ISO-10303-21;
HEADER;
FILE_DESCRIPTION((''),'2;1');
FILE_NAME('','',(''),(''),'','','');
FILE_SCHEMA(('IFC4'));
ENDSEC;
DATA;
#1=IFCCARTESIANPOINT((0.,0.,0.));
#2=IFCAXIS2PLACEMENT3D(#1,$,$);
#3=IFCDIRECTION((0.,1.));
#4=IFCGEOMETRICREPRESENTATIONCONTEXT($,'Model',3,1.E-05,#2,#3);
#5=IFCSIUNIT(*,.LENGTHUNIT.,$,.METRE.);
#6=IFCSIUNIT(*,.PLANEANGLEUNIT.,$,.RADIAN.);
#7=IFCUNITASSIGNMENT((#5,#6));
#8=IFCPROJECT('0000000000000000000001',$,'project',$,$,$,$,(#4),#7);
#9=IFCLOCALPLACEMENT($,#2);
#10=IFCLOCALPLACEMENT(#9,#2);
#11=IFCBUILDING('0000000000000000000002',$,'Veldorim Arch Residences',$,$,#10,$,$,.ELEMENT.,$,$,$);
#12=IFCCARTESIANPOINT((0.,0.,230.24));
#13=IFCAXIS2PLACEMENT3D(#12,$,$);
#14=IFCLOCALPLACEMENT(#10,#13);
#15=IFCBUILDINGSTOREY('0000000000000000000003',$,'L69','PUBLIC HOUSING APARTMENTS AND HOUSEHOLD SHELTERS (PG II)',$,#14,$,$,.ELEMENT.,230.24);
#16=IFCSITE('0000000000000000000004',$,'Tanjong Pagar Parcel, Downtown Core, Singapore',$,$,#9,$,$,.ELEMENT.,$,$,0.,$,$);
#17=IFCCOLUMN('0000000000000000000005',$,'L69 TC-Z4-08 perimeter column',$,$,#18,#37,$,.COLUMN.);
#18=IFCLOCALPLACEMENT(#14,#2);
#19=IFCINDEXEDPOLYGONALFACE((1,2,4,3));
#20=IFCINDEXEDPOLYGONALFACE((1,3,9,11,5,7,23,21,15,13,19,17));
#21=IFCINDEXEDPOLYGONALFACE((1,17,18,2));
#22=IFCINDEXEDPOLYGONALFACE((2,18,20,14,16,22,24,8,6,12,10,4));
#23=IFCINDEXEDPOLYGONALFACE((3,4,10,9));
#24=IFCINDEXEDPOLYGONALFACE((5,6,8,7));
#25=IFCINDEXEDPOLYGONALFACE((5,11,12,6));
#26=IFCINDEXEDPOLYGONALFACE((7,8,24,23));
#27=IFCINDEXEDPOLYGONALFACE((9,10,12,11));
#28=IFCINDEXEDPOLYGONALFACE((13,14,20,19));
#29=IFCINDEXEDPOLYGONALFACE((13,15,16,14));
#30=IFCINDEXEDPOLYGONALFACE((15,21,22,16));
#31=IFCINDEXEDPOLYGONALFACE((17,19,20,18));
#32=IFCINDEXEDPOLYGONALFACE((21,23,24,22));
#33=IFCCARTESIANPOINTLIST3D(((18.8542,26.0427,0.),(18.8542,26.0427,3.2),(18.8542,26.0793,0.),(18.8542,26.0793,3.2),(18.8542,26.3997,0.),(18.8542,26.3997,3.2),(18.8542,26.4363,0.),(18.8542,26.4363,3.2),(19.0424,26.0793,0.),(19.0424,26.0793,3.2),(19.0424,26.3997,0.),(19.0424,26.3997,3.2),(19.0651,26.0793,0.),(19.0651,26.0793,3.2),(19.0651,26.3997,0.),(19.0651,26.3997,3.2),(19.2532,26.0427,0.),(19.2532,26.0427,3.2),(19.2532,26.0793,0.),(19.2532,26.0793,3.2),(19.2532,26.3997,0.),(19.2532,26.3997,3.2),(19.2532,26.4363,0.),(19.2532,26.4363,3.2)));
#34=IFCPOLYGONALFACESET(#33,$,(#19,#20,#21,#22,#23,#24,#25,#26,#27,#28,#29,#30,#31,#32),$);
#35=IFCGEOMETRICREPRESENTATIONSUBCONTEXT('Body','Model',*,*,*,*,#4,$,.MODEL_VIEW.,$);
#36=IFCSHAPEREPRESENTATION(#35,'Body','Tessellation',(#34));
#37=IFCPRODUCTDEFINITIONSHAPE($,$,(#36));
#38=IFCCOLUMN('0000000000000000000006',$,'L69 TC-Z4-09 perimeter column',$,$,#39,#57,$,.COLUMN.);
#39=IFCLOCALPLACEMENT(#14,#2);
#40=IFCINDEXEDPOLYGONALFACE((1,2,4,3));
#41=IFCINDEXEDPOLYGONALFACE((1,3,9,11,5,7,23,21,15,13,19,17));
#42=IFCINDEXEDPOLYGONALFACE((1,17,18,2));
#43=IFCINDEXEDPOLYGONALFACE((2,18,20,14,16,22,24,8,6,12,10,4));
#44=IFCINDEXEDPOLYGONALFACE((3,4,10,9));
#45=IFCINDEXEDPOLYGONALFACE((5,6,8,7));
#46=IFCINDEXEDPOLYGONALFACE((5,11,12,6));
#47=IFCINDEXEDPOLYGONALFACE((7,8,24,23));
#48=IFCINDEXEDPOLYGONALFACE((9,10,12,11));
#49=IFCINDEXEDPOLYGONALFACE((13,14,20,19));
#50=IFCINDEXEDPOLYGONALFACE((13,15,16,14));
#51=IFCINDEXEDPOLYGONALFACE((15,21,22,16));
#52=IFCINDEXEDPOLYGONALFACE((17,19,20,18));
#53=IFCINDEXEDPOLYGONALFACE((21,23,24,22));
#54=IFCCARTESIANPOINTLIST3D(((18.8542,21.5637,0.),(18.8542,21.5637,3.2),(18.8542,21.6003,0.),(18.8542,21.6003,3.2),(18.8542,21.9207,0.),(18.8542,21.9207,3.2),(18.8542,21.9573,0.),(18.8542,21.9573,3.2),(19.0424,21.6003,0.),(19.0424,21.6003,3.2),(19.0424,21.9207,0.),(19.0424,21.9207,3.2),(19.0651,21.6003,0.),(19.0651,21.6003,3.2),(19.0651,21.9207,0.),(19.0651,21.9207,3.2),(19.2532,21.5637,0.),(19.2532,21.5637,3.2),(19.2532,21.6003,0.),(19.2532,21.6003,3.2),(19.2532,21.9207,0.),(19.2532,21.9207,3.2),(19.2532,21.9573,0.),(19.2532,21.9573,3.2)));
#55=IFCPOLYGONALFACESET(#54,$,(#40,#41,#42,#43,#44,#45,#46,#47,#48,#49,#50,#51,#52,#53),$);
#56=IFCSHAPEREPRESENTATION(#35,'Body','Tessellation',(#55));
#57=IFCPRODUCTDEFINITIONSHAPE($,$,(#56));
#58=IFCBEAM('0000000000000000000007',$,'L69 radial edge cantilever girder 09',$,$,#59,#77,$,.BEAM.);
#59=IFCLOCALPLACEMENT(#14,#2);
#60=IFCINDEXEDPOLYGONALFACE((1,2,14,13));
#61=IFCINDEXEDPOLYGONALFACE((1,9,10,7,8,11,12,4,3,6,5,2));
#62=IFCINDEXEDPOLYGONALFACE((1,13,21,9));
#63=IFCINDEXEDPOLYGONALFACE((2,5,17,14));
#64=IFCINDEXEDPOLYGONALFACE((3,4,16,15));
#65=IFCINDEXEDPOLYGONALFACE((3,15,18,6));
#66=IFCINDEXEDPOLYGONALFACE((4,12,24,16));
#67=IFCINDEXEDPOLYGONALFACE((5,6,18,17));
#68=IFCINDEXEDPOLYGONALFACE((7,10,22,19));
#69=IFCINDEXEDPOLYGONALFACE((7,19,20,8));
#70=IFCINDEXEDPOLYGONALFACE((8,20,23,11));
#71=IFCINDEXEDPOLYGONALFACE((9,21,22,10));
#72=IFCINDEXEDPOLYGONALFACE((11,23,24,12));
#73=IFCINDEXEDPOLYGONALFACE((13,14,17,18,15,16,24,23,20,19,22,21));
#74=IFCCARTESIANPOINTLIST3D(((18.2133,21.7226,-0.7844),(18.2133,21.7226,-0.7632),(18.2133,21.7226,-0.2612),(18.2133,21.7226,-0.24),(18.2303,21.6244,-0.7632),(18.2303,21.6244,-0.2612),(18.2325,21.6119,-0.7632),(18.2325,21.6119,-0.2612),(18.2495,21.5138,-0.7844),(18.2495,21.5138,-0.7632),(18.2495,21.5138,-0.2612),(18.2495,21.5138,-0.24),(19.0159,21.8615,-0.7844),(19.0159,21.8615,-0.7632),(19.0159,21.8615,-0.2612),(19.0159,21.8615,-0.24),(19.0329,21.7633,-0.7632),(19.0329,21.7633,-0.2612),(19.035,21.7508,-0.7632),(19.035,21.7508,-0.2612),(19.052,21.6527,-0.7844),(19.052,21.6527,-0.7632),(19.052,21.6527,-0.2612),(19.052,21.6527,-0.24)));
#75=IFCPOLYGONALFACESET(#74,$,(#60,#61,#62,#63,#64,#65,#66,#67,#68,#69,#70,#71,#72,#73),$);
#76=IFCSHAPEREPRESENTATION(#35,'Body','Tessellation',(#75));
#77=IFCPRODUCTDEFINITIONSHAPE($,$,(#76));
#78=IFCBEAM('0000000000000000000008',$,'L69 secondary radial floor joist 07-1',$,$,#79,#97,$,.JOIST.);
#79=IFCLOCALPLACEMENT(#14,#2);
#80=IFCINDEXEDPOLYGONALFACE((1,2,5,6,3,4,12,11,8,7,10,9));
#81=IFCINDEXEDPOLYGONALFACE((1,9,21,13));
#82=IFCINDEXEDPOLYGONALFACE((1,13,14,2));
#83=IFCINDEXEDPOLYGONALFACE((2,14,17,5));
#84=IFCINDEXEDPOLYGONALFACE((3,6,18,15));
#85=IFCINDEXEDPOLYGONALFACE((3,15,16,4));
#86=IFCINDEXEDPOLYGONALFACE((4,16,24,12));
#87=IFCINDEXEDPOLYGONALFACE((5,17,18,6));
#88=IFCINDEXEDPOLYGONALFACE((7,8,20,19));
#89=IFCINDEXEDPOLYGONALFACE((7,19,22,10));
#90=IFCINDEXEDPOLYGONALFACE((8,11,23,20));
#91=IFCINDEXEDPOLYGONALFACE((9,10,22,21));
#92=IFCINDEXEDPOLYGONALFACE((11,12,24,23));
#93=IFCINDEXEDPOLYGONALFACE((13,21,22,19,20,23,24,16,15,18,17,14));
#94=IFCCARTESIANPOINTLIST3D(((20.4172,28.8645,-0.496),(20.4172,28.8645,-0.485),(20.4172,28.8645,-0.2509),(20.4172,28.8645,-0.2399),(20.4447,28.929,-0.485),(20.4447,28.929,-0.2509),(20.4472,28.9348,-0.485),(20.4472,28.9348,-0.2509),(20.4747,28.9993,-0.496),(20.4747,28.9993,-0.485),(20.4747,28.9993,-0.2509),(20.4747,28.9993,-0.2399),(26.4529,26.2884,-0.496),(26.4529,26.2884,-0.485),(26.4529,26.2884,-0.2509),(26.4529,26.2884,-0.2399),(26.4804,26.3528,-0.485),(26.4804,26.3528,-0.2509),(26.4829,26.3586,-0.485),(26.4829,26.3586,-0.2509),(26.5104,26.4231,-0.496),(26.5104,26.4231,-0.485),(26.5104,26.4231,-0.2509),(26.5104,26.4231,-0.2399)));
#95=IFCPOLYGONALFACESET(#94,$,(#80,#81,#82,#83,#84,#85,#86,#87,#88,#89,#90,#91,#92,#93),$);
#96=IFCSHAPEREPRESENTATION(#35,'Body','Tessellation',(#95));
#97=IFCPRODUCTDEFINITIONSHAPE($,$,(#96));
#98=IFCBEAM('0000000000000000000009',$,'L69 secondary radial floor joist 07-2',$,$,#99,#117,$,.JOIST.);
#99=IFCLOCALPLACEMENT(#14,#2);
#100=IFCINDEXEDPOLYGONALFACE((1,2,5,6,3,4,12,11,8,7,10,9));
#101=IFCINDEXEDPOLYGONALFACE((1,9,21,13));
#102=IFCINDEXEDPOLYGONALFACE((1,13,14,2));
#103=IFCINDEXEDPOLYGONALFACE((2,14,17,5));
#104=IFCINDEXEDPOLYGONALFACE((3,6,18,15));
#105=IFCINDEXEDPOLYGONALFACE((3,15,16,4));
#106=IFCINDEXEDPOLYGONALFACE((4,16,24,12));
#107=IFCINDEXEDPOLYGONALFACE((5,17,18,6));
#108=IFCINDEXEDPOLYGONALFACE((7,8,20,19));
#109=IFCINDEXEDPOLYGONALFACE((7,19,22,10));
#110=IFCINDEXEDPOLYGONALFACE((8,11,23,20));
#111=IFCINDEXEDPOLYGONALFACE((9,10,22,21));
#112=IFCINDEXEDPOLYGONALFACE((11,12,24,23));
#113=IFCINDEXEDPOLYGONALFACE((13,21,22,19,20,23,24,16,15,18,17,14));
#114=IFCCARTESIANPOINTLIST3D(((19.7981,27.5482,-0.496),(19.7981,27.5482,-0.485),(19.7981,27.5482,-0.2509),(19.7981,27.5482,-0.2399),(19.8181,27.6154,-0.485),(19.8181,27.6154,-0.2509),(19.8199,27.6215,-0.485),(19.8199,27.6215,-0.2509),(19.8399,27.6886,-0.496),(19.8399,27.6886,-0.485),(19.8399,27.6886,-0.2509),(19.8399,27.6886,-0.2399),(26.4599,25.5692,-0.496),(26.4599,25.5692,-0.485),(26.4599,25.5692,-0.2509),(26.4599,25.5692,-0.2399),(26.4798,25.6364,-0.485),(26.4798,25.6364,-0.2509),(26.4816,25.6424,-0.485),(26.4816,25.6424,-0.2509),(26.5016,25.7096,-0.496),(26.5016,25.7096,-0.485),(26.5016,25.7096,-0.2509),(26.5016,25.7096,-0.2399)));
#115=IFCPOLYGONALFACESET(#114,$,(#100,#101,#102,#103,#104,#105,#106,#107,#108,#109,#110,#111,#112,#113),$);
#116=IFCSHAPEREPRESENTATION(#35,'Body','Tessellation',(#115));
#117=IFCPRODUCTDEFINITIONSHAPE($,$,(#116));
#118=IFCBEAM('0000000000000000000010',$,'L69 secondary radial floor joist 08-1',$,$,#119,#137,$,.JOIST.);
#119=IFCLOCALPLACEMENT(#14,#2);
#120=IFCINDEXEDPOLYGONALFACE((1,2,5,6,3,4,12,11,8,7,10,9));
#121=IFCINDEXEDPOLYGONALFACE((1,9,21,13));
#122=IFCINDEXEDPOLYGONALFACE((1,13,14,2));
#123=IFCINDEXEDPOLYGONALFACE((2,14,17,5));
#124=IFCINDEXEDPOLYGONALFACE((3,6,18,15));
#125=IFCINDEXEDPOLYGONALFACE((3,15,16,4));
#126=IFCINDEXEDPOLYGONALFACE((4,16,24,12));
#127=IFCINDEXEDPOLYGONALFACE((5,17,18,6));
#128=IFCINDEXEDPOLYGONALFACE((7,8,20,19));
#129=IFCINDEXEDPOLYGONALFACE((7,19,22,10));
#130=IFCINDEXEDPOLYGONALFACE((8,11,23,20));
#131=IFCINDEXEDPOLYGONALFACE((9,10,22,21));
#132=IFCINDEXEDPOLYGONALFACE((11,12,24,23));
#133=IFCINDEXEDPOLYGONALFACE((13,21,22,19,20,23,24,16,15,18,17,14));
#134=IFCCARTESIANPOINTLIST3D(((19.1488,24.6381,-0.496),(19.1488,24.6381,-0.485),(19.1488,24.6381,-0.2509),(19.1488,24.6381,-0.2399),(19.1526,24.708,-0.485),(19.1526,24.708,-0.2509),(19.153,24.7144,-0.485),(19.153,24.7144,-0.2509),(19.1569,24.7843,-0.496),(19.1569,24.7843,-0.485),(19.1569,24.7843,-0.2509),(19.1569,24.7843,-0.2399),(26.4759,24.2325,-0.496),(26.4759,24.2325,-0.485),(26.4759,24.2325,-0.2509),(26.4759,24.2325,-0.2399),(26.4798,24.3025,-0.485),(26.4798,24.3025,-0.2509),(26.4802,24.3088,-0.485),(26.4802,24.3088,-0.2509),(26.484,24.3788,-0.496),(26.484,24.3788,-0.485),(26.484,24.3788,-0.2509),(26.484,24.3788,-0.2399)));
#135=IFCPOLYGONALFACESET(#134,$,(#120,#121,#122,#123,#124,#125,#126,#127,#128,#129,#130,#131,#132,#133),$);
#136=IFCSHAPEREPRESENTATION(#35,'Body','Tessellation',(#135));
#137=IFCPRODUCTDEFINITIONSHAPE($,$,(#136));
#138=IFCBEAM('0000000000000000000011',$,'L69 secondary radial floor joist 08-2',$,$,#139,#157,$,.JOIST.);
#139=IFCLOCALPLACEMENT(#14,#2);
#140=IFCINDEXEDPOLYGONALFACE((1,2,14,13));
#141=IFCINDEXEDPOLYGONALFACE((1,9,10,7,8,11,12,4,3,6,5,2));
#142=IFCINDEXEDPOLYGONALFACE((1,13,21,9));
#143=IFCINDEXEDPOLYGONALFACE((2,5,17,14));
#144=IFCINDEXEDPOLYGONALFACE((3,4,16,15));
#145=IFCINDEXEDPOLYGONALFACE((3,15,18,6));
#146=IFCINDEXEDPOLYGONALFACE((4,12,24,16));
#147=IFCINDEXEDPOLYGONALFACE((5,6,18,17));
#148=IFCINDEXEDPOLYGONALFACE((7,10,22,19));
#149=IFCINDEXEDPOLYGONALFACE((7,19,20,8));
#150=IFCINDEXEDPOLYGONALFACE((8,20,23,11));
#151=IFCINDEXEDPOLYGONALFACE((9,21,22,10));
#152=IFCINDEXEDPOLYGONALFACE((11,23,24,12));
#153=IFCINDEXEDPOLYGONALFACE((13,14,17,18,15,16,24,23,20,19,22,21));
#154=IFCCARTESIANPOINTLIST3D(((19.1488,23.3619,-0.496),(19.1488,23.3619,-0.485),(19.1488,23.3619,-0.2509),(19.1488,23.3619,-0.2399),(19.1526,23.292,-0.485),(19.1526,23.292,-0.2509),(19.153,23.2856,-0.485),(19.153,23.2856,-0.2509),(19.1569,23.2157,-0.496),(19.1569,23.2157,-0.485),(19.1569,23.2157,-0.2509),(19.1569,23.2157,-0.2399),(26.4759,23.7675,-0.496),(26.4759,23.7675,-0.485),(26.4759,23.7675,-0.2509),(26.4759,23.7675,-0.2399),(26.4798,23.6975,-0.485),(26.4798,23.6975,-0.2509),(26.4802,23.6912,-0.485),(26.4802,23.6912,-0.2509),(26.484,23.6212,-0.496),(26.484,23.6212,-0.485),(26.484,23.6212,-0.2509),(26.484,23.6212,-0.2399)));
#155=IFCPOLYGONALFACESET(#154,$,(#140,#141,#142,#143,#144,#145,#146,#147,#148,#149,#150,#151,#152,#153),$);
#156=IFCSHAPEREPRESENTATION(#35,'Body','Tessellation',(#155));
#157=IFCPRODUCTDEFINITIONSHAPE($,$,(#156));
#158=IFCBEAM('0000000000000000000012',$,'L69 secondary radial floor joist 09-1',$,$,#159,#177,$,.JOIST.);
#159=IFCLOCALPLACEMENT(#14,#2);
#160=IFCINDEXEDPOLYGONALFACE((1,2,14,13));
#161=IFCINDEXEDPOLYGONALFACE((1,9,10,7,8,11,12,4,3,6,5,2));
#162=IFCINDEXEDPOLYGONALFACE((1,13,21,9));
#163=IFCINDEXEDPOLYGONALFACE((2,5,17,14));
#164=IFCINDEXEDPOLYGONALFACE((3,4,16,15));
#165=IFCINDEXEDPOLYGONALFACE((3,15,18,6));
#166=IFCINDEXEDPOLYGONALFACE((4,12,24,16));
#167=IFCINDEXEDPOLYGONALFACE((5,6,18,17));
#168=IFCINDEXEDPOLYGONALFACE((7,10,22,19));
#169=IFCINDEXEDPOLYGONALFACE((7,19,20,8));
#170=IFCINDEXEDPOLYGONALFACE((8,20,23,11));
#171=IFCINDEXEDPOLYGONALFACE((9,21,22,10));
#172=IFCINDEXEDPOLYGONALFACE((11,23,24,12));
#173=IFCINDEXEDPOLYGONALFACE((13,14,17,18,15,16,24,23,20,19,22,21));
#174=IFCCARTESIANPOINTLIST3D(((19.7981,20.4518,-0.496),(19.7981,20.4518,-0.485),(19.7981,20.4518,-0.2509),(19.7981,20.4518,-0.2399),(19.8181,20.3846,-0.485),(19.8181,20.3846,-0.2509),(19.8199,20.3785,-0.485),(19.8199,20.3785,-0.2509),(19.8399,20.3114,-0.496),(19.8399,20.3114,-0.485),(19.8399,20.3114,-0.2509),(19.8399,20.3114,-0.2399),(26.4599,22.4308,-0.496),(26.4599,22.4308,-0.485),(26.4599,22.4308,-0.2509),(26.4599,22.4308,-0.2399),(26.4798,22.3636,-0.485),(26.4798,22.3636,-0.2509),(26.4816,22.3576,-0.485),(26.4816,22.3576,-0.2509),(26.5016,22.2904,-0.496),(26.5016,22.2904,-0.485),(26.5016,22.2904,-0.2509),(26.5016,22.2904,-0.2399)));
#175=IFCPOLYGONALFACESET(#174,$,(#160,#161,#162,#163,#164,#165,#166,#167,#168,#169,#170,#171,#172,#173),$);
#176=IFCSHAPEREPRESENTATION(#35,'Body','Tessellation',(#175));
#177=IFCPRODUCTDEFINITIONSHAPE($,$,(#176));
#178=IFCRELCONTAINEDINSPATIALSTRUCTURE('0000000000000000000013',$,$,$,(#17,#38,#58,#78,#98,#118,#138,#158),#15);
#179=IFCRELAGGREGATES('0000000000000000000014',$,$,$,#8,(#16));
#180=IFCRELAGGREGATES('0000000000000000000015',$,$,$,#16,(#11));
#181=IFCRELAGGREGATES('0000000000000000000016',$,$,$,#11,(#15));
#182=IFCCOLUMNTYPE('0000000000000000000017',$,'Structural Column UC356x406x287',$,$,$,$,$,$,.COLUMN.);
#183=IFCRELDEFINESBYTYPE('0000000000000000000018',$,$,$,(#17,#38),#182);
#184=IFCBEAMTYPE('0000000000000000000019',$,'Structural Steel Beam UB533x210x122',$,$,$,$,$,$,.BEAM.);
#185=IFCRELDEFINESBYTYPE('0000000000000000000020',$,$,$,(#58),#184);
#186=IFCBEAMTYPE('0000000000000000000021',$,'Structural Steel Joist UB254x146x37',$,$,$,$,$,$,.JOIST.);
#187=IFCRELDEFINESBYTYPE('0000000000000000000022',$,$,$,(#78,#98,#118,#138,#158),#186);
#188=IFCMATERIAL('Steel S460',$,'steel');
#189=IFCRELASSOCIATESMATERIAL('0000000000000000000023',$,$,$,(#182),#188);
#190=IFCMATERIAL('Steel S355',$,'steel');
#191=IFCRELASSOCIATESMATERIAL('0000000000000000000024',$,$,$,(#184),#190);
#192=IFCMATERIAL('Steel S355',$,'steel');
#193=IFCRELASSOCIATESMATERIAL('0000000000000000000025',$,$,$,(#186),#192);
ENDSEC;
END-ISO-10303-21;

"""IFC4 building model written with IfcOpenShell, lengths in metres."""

from ifc_helpers import new_model, si_unit, direction, frame, origin, origin_2d, place, context, subcontext, project, spatial, i_section, extrude, material, material_profile, profile_set, type_object, element, save


model = new_model("IFC4")

# Units and contexts
model_context = context("Model", 3, precision=1e-05, world=origin(), true_north=direction((0.0, 1.0)))
body_context = subcontext(model_context, "Body", "Model", "MODEL_VIEW")
ifc_project = project(units=[si_unit("LENGTHUNIT", "METRE"), si_unit("PLANEANGLEUNIT", "RADIAN")], contexts=[model_context])

# Site, building, storey
site_placement = place(None, origin())
site = spatial("IfcSite", under=ifc_project, at=site_placement, Name="Tanjong Pagar Parcel, Downtown Core, Singapore", CompositionType="ELEMENT", RefElevation=0.0)
building_placement = place(site_placement, origin())
building = spatial("IfcBuilding", under=site, at=building_placement, Name="Veldorim Arch Residences", CompositionType="ELEMENT")
storey_placement = place(building_placement, frame((0.0, 0.0, 230.24)))
storey = spatial("IfcBuildingStorey", under=building, at=storey_placement, Name="L69", Description="PUBLIC HOUSING APARTMENTS AND HOUSEHOLD SHELTERS (PG II)", CompositionType="ELEMENT", Elevation=230.24)

# Columns
ifc_material_1 = material(Name="Steel S460", Category="steel")
ifc_material_profile_1 = material_profile(ifc_material_1, i_section(OverallWidth=0.3989, OverallDepth=0.3936, WebThickness=0.0227, FlangeThickness=0.0366, at=origin_2d()), Name="UC356x406x287")
ifc_profile_set_1 = profile_set([ifc_material_profile_1], Name="Steel S460")
column_type = type_object("IfcColumnType", Name="Structural Column UC356x406x287", PredefinedType="COLUMN", material=ifc_profile_set_1)
for number, where, z_axis, x_axis, name in (
    (1, (19.0537, 26.2395, 0.0), (0.0, 0.0, 1.0), (1.0, 0.0, 0.0), "L69 TC-Z4-08 perimeter column"),
    (2, (19.0537, 21.7605, 0.0), (0.0, 0.0, 1.0), (1.0, 0.0, 0.0), "L69 TC-Z4-09 perimeter column"),
):
    element("IfcColumn", number, at=place(storey_placement, frame(where, z_axis=z_axis, x_axis=x_axis)), inside=storey, type_object=column_type, Name=name, PredefinedType="COLUMN", context=body_context, shape_type="SweptSolid", body=[
        extrude(i_section(OverallWidth=0.3989, OverallDepth=0.3936, WebThickness=0.0227, FlangeThickness=0.0366, at=origin_2d()), origin(), (0.0, 0.0, 1.0), 3.2),
    ])

# Beams
ifc_material_2 = material(Name="Steel S355", Category="steel")
ifc_material_profile_2 = material_profile(ifc_material_2, i_section(OverallWidth=0.2119, OverallDepth=0.5444, WebThickness=0.0127, FlangeThickness=0.0212, at=origin_2d()), Name="UB533x210x122")
ifc_profile_set_2 = profile_set([ifc_material_profile_2], Name="Steel S355")
beam_type_1 = type_object("IfcBeamType", Name="Structural Steel Beam UB533x210x122", PredefinedType="BEAM", material=ifc_profile_set_2)
beam_1_placement = place(storey_placement, frame((19.0339, 21.7571, -0.5122), z_axis=(-0.985346, -0.170569, 0.0), x_axis=(0.170569, -0.985346, 0.0)))
element("IfcBeam", 3, at=beam_1_placement, inside=storey, type_object=beam_type_1, Name="L69 radial edge cantilever girder 09", PredefinedType="BEAM", context=body_context, shape_type="SweptSolid", body=[
    extrude(i_section(OverallWidth=0.2119, OverallDepth=0.5444, WebThickness=0.0127, FlangeThickness=0.0212, at=origin_2d()), origin(), (0.0, 0.0, 1.0), 0.8145),
])
ifc_material_3 = material(Name="Steel S355", Category="steel")
ifc_material_profile_3 = material_profile(ifc_material_3, i_section(OverallWidth=0.1465, OverallDepth=0.2561, WebThickness=0.0063, FlangeThickness=0.011, at=origin_2d()), Name="UB254x146x37")
ifc_profile_set_3 = profile_set([ifc_material_profile_3], Name="Steel S355")
beam_type_2 = type_object("IfcBeamType", Name="Structural Steel Joist UB254x146x37", PredefinedType="JOIST", material=ifc_profile_set_3)
beam_2_placement = place(storey_placement, frame((26.4817, 26.3557, -0.3679), z_axis=(-0.919725, 0.392563, 0.0), x_axis=(-0.392563, -0.919725, 0.0)))
element("IfcBeam", 4, at=beam_2_placement, inside=storey, type_object=beam_type_2, Name="L69 secondary radial floor joist 07-1", PredefinedType="JOIST", context=body_context, shape_type="SweptSolid", body=[
    extrude(i_section(OverallWidth=0.1465, OverallDepth=0.2561, WebThickness=0.0063, FlangeThickness=0.011, at=origin_2d()), origin(), (0.0, 0.0, 1.0), 6.5625),
])
beam_3_placement = place(storey_placement, frame((26.4807, 25.6394, -0.3679), z_axis=(-0.958594, 0.284775, 0.0), x_axis=(-0.284775, -0.958594, 0.0)))
element("IfcBeam", 5, at=beam_3_placement, inside=storey, type_object=beam_type_2, Name="L69 secondary radial floor joist 07-2", PredefinedType="JOIST", context=body_context, shape_type="SweptSolid", body=[
    extrude(i_section(OverallWidth=0.1465, OverallDepth=0.2561, WebThickness=0.0063, FlangeThickness=0.011, at=origin_2d()), origin(), (0.0, 0.0, 1.0), 6.9495),
])
for number, where, z_axis, x_axis, name in (
    (6, (26.48, 24.3057, -0.3679), (-0.998472, 0.05526, 0.0), (-0.05526, -0.998472, 0.0), "L69 secondary radial floor joist 08-1"),
    (7, (26.48, 23.6943, -0.3679), (-0.998472, -0.05526, 0.0), (0.05526, -0.998472, 0.0), "L69 secondary radial floor joist 08-2"),
):
    element("IfcBeam", number, at=place(storey_placement, frame(where, z_axis=z_axis, x_axis=x_axis)), inside=storey, type_object=beam_type_2, Name=name, PredefinedType="JOIST", context=body_context, shape_type="SweptSolid", body=[
        extrude(i_section(OverallWidth=0.1465, OverallDepth=0.2561, WebThickness=0.0063, FlangeThickness=0.011, at=origin_2d()), origin(), (0.0, 0.0, 1.0), 7.3384),
    ])
beam_4_placement = place(storey_placement, frame((26.4807, 22.3606, -0.3679), z_axis=(-0.958594, -0.284775, 0.0), x_axis=(0.284775, -0.958594, 0.0)))
element("IfcBeam", 8, at=beam_4_placement, inside=storey, type_object=beam_type_2, Name="L69 secondary radial floor joist 09-1", PredefinedType="JOIST", context=body_context, shape_type="SweptSolid", body=[
    extrude(i_section(OverallWidth=0.1465, OverallDepth=0.2561, WebThickness=0.0063, FlangeThickness=0.011, at=origin_2d()), origin(), (0.0, 0.0, 1.0), 6.9495),
])

save(model, "model.ifc")
